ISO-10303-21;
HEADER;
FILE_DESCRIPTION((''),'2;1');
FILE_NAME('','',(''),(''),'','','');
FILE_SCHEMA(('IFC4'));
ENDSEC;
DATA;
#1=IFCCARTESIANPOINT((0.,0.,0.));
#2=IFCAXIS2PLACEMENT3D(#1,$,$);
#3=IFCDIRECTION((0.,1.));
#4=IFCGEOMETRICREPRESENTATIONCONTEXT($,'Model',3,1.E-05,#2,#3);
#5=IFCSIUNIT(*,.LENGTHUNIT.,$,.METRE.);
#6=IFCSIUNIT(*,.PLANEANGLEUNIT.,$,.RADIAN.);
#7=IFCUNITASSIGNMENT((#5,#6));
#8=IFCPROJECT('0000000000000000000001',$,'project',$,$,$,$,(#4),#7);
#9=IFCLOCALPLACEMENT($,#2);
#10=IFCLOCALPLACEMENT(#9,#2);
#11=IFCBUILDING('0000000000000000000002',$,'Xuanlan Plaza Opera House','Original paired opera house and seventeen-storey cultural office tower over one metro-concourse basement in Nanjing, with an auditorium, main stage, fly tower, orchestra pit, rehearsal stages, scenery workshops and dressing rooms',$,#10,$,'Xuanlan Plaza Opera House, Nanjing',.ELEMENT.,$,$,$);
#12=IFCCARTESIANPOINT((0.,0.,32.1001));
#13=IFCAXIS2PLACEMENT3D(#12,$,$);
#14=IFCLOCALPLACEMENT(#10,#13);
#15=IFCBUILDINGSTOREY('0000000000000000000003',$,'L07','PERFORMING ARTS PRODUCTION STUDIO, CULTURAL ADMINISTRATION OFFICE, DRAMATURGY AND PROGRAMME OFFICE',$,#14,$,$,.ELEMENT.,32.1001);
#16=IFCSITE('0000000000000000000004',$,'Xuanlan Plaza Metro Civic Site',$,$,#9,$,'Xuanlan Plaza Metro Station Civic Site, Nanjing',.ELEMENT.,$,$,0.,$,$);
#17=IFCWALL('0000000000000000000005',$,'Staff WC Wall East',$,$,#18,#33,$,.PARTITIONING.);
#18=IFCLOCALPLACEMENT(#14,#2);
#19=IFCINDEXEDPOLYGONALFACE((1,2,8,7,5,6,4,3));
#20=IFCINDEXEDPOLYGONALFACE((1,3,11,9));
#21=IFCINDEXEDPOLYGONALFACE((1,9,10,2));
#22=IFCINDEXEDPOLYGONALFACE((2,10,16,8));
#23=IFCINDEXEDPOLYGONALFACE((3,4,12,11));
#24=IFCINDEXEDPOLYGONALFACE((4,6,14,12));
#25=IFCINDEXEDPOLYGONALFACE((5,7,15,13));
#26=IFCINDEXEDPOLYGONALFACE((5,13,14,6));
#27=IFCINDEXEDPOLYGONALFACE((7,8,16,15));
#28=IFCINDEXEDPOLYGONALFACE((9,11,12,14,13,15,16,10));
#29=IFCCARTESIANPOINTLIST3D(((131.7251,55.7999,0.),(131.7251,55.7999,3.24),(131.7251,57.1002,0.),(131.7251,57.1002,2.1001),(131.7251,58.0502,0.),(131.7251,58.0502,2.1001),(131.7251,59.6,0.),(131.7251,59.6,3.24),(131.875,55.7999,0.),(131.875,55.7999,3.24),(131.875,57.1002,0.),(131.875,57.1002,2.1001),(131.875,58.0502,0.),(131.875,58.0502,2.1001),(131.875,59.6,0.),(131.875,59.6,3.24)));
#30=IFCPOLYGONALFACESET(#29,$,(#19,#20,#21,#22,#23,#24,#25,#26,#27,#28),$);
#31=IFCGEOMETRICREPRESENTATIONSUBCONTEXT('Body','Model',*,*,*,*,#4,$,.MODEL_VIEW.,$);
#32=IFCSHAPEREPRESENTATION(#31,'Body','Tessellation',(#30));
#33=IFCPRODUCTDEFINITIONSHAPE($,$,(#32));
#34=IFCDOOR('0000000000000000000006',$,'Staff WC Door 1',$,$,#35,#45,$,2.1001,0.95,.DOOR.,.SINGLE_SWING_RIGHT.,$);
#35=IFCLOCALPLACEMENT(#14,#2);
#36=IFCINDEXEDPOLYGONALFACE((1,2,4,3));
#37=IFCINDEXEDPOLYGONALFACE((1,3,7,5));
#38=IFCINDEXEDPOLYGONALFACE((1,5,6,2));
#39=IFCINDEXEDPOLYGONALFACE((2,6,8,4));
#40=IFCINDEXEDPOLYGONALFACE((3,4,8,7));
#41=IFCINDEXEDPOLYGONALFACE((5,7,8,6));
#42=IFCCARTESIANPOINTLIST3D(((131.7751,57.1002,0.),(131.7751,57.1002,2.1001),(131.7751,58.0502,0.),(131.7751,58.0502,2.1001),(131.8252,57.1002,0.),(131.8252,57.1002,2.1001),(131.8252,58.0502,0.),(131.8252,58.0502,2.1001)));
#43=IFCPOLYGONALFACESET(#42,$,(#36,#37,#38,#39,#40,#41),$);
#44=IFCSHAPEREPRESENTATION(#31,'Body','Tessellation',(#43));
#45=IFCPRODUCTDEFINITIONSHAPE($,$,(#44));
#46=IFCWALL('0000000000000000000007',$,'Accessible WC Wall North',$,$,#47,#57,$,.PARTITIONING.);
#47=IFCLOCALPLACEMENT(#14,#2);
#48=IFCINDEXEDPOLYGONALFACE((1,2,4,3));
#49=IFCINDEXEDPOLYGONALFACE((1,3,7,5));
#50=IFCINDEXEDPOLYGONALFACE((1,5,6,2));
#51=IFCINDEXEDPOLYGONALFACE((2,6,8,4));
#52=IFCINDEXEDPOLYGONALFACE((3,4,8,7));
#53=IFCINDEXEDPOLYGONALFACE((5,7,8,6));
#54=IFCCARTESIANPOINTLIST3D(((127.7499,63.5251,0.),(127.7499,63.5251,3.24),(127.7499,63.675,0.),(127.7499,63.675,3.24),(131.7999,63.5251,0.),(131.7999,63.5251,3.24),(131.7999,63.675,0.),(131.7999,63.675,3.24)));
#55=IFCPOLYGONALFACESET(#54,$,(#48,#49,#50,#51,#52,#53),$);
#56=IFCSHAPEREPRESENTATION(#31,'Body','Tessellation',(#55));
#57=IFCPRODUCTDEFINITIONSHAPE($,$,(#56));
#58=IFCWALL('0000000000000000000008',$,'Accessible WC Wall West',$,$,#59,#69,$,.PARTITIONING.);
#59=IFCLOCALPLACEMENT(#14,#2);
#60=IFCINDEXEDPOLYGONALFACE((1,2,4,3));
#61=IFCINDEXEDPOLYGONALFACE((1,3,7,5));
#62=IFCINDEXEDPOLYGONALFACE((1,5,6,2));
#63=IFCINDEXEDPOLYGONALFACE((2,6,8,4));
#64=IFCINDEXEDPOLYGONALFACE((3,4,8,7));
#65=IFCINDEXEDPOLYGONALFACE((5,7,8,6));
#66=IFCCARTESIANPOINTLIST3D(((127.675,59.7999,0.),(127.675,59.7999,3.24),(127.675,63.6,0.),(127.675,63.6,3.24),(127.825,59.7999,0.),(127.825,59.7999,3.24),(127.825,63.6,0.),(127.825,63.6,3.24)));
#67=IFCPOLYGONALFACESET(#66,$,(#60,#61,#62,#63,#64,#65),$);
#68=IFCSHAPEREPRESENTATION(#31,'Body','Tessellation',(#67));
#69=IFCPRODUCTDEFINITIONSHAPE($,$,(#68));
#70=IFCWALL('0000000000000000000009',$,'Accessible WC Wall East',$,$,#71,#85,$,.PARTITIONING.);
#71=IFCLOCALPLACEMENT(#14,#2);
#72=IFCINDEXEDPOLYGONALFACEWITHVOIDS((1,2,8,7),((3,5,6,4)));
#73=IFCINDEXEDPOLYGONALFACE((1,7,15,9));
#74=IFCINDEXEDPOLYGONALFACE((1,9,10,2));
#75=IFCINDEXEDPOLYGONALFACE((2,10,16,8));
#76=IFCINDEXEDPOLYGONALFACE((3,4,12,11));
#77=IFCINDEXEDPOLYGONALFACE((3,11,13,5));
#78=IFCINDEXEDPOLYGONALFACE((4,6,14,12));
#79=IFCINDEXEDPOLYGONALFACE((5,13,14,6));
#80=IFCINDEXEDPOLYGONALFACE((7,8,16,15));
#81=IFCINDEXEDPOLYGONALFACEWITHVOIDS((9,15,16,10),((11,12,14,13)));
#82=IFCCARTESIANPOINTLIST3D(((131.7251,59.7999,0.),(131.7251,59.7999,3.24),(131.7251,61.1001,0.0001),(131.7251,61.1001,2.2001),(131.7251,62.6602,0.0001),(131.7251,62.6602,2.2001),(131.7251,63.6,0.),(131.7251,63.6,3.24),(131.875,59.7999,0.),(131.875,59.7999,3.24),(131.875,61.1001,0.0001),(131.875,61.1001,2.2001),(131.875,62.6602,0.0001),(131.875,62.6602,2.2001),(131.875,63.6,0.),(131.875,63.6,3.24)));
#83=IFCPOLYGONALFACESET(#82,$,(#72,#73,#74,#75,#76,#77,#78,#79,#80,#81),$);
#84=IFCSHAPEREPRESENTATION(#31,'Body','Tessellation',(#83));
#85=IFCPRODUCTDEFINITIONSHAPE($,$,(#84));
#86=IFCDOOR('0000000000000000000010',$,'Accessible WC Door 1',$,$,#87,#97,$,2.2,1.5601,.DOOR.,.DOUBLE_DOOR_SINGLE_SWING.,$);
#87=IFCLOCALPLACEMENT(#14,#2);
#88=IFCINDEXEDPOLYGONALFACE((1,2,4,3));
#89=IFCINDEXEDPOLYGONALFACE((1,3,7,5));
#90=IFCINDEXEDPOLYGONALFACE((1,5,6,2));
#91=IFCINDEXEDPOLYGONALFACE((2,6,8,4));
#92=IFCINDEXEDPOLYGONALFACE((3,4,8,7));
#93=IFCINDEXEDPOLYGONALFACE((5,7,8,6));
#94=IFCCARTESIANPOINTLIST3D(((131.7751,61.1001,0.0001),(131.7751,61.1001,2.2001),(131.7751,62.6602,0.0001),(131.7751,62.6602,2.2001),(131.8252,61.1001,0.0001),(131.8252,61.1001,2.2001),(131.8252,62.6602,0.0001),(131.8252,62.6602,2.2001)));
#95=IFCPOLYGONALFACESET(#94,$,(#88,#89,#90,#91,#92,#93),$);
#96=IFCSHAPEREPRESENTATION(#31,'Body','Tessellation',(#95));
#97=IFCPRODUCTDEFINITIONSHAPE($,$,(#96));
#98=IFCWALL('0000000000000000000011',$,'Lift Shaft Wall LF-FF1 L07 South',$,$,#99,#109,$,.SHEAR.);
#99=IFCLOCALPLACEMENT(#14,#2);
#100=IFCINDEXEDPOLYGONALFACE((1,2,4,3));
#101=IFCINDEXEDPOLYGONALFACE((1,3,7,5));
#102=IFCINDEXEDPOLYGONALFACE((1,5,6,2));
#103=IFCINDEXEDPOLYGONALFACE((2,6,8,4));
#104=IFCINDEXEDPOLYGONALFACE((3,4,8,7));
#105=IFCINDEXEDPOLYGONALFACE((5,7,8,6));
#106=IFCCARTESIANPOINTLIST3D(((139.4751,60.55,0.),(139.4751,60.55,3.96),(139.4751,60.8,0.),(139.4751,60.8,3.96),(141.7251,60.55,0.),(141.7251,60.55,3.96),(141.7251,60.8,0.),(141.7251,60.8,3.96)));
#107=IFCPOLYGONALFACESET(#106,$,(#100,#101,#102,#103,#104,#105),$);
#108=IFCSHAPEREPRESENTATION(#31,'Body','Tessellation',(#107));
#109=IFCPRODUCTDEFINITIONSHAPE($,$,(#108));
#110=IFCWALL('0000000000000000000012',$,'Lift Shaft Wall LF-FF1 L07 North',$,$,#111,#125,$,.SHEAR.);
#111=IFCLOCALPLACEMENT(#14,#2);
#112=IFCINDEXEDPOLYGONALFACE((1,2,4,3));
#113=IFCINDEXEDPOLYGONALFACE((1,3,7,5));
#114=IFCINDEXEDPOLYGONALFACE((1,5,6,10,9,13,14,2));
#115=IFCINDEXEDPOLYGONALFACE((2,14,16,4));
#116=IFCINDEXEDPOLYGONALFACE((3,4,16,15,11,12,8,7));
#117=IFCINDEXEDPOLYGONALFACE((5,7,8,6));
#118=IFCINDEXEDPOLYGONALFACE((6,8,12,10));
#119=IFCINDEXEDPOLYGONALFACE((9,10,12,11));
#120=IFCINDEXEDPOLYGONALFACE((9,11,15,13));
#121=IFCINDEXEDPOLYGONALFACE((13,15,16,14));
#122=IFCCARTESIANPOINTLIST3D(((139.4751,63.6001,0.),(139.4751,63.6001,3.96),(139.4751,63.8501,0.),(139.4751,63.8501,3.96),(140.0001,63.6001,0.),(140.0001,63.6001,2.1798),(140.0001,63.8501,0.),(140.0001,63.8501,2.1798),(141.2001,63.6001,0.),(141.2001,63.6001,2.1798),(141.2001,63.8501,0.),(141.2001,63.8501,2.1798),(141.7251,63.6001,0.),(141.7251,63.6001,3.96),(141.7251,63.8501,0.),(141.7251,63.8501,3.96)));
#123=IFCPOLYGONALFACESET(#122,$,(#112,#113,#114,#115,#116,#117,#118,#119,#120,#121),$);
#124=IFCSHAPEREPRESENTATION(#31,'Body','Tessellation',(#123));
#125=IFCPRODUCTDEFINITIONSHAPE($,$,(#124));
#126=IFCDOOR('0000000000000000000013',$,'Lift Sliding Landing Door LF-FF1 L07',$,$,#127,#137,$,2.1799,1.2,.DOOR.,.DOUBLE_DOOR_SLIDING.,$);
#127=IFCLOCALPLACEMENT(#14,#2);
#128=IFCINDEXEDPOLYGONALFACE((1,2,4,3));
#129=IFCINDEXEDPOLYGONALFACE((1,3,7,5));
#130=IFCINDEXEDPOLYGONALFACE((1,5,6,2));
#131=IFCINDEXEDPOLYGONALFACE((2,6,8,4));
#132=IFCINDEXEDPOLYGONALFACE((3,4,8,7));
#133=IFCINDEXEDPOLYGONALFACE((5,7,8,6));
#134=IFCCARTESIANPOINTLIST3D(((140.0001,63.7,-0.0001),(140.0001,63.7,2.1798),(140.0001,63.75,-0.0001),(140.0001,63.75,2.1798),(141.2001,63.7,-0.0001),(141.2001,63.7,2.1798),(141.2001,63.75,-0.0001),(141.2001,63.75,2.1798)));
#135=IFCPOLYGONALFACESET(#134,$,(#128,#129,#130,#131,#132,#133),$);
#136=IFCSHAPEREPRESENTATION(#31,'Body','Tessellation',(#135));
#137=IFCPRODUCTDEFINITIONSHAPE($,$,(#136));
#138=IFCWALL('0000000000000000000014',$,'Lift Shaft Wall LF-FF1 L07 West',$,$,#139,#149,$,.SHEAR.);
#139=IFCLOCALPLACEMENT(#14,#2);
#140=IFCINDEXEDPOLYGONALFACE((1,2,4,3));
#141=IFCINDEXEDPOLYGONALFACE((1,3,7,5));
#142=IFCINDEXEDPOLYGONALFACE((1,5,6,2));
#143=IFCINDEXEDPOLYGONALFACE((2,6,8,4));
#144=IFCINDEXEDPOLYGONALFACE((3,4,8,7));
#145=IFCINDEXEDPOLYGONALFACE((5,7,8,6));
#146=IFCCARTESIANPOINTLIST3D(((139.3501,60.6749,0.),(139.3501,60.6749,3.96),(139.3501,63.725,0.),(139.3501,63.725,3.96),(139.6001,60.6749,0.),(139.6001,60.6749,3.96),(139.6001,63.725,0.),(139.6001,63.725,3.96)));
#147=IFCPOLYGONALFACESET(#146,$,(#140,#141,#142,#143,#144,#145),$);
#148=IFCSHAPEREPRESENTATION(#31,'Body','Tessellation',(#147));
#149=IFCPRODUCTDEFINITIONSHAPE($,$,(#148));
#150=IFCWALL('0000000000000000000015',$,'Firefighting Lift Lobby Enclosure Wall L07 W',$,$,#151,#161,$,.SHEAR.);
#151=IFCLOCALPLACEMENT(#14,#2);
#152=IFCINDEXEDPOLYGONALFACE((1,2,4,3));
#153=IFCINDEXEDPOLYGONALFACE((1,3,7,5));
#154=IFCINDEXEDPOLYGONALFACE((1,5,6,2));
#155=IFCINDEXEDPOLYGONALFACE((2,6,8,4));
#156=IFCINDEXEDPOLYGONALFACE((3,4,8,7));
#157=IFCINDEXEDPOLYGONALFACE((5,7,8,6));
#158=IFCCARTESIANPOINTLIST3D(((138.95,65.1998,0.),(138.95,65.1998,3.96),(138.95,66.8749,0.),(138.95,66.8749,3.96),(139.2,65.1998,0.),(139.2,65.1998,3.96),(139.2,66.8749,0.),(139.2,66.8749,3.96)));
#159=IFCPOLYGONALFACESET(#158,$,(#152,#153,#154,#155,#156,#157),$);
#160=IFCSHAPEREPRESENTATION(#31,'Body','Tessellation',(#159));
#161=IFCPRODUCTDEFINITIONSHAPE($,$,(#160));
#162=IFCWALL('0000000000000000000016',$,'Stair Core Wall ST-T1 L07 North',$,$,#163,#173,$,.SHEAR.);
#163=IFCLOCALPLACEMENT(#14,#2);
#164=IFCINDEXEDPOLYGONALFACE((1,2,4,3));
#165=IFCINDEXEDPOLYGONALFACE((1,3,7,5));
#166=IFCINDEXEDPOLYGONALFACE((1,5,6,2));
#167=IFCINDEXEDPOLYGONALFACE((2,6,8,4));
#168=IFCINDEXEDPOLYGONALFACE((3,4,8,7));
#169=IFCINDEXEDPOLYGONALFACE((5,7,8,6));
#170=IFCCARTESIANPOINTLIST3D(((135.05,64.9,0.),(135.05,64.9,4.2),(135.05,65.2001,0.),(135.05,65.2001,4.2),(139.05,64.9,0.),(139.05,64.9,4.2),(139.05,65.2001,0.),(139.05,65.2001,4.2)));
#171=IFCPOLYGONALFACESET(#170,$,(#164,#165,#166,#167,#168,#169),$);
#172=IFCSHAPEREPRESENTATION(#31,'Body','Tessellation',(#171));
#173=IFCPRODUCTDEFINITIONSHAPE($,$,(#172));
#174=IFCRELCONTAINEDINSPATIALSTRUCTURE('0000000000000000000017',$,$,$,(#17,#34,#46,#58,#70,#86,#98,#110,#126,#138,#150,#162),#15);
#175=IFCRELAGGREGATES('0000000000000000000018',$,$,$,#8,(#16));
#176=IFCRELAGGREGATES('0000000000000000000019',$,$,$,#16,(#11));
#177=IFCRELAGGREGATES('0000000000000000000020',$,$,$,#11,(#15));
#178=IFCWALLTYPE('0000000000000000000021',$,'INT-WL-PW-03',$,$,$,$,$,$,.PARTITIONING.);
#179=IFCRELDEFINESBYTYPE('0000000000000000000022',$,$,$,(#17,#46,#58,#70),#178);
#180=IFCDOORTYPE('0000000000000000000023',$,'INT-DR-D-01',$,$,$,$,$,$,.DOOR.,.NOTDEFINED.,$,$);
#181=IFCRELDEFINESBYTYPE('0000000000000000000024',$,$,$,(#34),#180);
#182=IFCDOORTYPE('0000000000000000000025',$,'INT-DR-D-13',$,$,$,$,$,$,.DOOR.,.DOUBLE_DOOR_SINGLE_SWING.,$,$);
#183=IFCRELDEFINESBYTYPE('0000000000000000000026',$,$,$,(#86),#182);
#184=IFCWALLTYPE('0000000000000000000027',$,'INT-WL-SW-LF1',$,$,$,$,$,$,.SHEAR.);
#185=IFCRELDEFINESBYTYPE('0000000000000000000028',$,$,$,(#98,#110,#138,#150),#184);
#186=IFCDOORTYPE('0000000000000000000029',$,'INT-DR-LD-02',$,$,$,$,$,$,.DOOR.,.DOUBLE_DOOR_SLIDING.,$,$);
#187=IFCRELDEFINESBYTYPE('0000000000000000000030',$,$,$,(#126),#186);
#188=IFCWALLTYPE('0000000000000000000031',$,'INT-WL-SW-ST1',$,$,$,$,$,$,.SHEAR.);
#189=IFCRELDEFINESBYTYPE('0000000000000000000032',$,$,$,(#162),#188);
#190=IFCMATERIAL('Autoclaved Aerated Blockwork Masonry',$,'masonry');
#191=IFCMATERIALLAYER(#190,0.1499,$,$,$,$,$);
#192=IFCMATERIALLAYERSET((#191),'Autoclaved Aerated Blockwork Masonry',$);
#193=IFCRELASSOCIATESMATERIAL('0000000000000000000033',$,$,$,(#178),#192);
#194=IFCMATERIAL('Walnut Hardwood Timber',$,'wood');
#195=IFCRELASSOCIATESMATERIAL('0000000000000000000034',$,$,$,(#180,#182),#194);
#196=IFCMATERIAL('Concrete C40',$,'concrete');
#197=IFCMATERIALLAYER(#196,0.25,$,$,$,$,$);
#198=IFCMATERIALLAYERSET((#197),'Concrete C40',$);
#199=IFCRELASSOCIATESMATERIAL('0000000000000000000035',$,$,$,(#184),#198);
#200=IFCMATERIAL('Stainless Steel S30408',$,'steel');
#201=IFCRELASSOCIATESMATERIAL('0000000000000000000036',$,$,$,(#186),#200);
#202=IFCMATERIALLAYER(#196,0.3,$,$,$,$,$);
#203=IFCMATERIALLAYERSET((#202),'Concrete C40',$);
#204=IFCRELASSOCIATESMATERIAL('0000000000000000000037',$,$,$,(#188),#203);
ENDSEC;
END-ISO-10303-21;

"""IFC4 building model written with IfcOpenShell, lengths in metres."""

from ifc_helpers import new_model, si_unit, direction, frame, frame_2d, origin, place, context, subcontext, project, spatial, rectangle, extrude, material, layer, layer_set, type_object, element, fill, save


model = new_model("IFC4")

# Units and contexts
model_context = context("Model", 3, precision=1e-05, world=origin(), true_north=direction((0.0, 1.0)))
body_context = subcontext(model_context, "Body", "Model", "MODEL_VIEW")
ifc_project = project(units=[si_unit("LENGTHUNIT", "METRE"), si_unit("PLANEANGLEUNIT", "RADIAN")], contexts=[model_context])

# Site, building, storey
site_placement = place(None, origin())
site = spatial("IfcSite", under=ifc_project, at=site_placement, Name="Xuanlan Plaza Metro Civic Site", LongName="Xuanlan Plaza Metro Station Civic Site, Nanjing", CompositionType="ELEMENT", RefElevation=0.0)
building_placement = place(site_placement, origin())
building = spatial("IfcBuilding", under=site, at=building_placement, Name="Xuanlan Plaza Opera House", Description="Original paired opera house and seventeen-storey cultural office tower over one metro-concourse basement in Nanjing, with an auditorium, main stage, fly tower, orchestra pit, rehearsal stages, scenery workshops and dressing rooms", LongName="Xuanlan Plaza Opera House, Nanjing", CompositionType="ELEMENT")
storey_placement = place(building_placement, frame((0.0, 0.0, 32.1001)))
storey = spatial("IfcBuildingStorey", under=building, at=storey_placement, Name="L07", Description="PERFORMING ARTS PRODUCTION STUDIO, CULTURAL ADMINISTRATION OFFICE, DRAMATURGY AND PROGRAMME OFFICE", CompositionType="ELEMENT", Elevation=32.1001)

# Shared definitions
ifc_material_1 = material(Name="Concrete C40", Category="concrete")

# Shared definitions
ifc_material_2 = material(Name="Autoclaved Aerated Blockwork Masonry", Category="masonry")
ifc_layer_1 = layer(ifc_material_2, 0.1499)
ifc_layer_set_1 = layer_set([ifc_layer_1], Name="Autoclaved Aerated Blockwork Masonry")
wall_type_1 = type_object("IfcWallType", Name="INT-WL-PW-03", PredefinedType="PARTITIONING", material=ifc_layer_set_1)

# Wall, opening, door
wall_1_placement = place(storey_placement, frame((131.8, 55.8, 0.0), z_axis=(0.0, 0.0, 1.0), x_axis=(0.0, 1.0, 0.0)))
wall_1 = element("IfcWall", 1, at=wall_1_placement, inside=storey, type_object=wall_type_1, Name="Staff WC Wall East", PredefinedType="PARTITIONING", context=body_context, shape_type="SweptSolid", body=[
    extrude(rectangle(XDim=3.8, YDim=0.1499, at=frame_2d((1.8999, 0.0))), origin(), (0.0, 0.0, 1.0), 3.24),
])
opening_1_placement = place(wall_1_placement, frame((1.3, 0.0, 0.0)))
opening_1 = element("IfcOpeningElement", 2, at=opening_1_placement, cuts=wall_1, PredefinedType="OPENING", context=body_context, shape_type="SweptSolid", body=[
    extrude(rectangle(XDim=0.95, YDim=2.1001, at=frame_2d((0.4751, 1.05))), frame((0.0, 0.085, 0.0), z_axis=(0.0, -1.0, 0.0), x_axis=(1.0, 0.0, 0.0)), (0.0, 0.0, 1.0), 0.1699),
])
ifc_material_3 = material(Name="Walnut Hardwood Timber", Category="wood")
door_type_1 = type_object("IfcDoorType", Name="INT-DR-D-01", OperationType="NOTDEFINED", PredefinedType="DOOR", material=ifc_material_3)
door_1_placement = place(opening_1_placement, origin())
door_1 = element("IfcDoor", 3, at=door_1_placement, inside=storey, type_object=door_type_1, Name="Staff WC Door 1", OperationType="SINGLE_SWING_RIGHT", OverallHeight=2.1001, OverallWidth=0.95, PredefinedType="DOOR", context=body_context, shape_type="SweptSolid", body=[
    extrude(rectangle(XDim=0.95, YDim=2.1001, at=frame_2d((0.4751, 1.05))), frame((0.0, 0.0249, 0.0), z_axis=(0.0, -1.0, 0.0), x_axis=(1.0, 0.0, 0.0)), (0.0, 0.0, 1.0), 0.05),
])
fill(opening_1, door_1)

# Walls
wall_2_placement = place(storey_placement, frame((127.75, 63.6001, 0.0), z_axis=(0.0, 0.0, 1.0), x_axis=(1.0, 0.0, 0.0)))
element("IfcWall", 4, at=wall_2_placement, inside=storey, type_object=wall_type_1, Name="Accessible WC Wall North", PredefinedType="PARTITIONING", context=body_context, shape_type="SweptSolid", body=[
    extrude(rectangle(XDim=4.05, YDim=0.1499, at=frame_2d((2.0249, 0.0))), origin(), (0.0, 0.0, 1.0), 3.24),
])
wall_3_placement = place(storey_placement, frame((127.75, 59.8, 0.0), z_axis=(0.0, 0.0, 1.0), x_axis=(0.0, 1.0, 0.0)))
element("IfcWall", 5, at=wall_3_placement, inside=storey, type_object=wall_type_1, Name="Accessible WC Wall West", PredefinedType="PARTITIONING", context=body_context, shape_type="SweptSolid", body=[
    extrude(rectangle(XDim=3.8, YDim=0.1499, at=frame_2d((1.8999, 0.0))), origin(), (0.0, 0.0, 1.0), 3.24),
])

# Wall, opening, door
wall_4_placement = place(storey_placement, frame((131.8, 59.8, 0.0), z_axis=(0.0, 0.0, 1.0), x_axis=(0.0, 1.0, 0.0)))
wall_4 = element("IfcWall", 6, at=wall_4_placement, inside=storey, type_object=wall_type_1, Name="Accessible WC Wall East", PredefinedType="PARTITIONING", context=body_context, shape_type="SweptSolid", body=[
    extrude(rectangle(XDim=3.8, YDim=0.1499, at=frame_2d((1.8999, 0.0))), origin(), (0.0, 0.0, 1.0), 3.24),
])
opening_2_placement = place(wall_4_placement, frame((1.3, 0.0, 0.0)))
opening_2 = element("IfcOpeningElement", 7, at=opening_2_placement, cuts=wall_4, PredefinedType="OPENING", context=body_context, shape_type="SweptSolid", body=[
    extrude(rectangle(XDim=1.5601, YDim=2.2, at=frame_2d((0.78, 1.1001))), frame((0.0, 0.085, 0.0), z_axis=(0.0, -1.0, 0.0), x_axis=(1.0, 0.0, 0.0)), (0.0, 0.0, 1.0), 0.1699),
])
door_type_2 = type_object("IfcDoorType", Name="INT-DR-D-13", OperationType="DOUBLE_DOOR_SINGLE_SWING", PredefinedType="DOOR", material=ifc_material_3)
door_2_placement = place(opening_2_placement, origin())
door_2 = element("IfcDoor", 8, at=door_2_placement, inside=storey, type_object=door_type_2, Name="Accessible WC Door 1", OperationType="DOUBLE_DOOR_SINGLE_SWING", OverallHeight=2.2, OverallWidth=1.5601, PredefinedType="DOOR", context=body_context, shape_type="SweptSolid", body=[
    extrude(rectangle(XDim=1.5601, YDim=2.2, at=frame_2d((0.78, 1.1001))), frame((0.0, 0.0249, 0.0), z_axis=(0.0, -1.0, 0.0), x_axis=(1.0, 0.0, 0.0)), (0.0, 0.0, 1.0), 0.05),
])
fill(opening_2, door_2)

# Wall
ifc_layer_2 = layer(ifc_material_1, 0.25)
ifc_layer_set_2 = layer_set([ifc_layer_2], Name="Concrete C40")
wall_type_2 = type_object("IfcWallType", Name="INT-WL-SW-LF1", PredefinedType="SHEAR", material=ifc_layer_set_2)
wall_5_placement = place(storey_placement, frame((139.4751, 60.675, 0.0), z_axis=(0.0, 0.0, 1.0), x_axis=(1.0, 0.0, 0.0)))
element("IfcWall", 9, at=wall_5_placement, inside=storey, type_object=wall_type_2, Name="Lift Shaft Wall LF-FF1 L07 South", PredefinedType="SHEAR", context=body_context, shape_type="SweptSolid", body=[
    extrude(rectangle(XDim=2.25, YDim=0.25, at=frame_2d((1.125, 0.0))), origin(), (0.0, 0.0, 1.0), 3.96),
])

# Wall, opening, door
wall_6_placement = place(storey_placement, frame((139.4751, 63.7251, 0.0), z_axis=(0.0, 0.0, 1.0), x_axis=(1.0, 0.0, 0.0)))
wall_6 = element("IfcWall", 10, at=wall_6_placement, inside=storey, type_object=wall_type_2, Name="Lift Shaft Wall LF-FF1 L07 North", PredefinedType="SHEAR", context=body_context, shape_type="SweptSolid", body=[
    extrude(rectangle(XDim=2.25, YDim=0.25, at=frame_2d((1.125, 0.0))), origin(), (0.0, 0.0, 1.0), 3.96),
])
opening_3_placement = place(wall_6_placement, frame((0.5249, 0.0, 0.0)))
opening_3 = element("IfcOpeningElement", 11, at=opening_3_placement, cuts=wall_6, PredefinedType="OPENING", context=body_context, shape_type="SweptSolid", body=[
    extrude(rectangle(XDim=1.2, YDim=2.1799, at=frame_2d((0.6001, 1.0898))), frame((0.0, 0.135, 0.0), z_axis=(0.0, -1.0, 0.0), x_axis=(1.0, 0.0, 0.0)), (0.0, 0.0, 1.0), 0.27),
])
ifc_material_4 = material(Name="Stainless Steel S30408", Category="steel")
door_type_3 = type_object("IfcDoorType", Name="INT-DR-LD-02", OperationType="DOUBLE_DOOR_SLIDING", PredefinedType="DOOR", material=ifc_material_4)
door_3_placement = place(opening_3_placement, origin())
door_3 = element("IfcDoor", 12, at=door_3_placement, inside=storey, type_object=door_type_3, Name="Lift Sliding Landing Door LF-FF1 L07", OperationType="DOUBLE_DOOR_SLIDING", OverallHeight=2.1799, OverallWidth=1.2, PredefinedType="DOOR", context=body_context, shape_type="SweptSolid", body=[
    extrude(rectangle(XDim=1.2, YDim=2.1799, at=frame_2d((0.6001, 1.0898))), frame((0.0, 0.0249, 0.0), z_axis=(0.0, -1.0, 0.0), x_axis=(1.0, 0.0, 0.0)), (0.0, 0.0, 1.0), 0.05),
])
fill(opening_3, door_3)

# Walls
wall_7_placement = place(storey_placement, frame((139.4751, 60.675, 0.0), z_axis=(0.0, 0.0, 1.0), x_axis=(0.0, 1.0, 0.0)))
element("IfcWall", 13, at=wall_7_placement, inside=storey, type_object=wall_type_2, Name="Lift Shaft Wall LF-FF1 L07 West", PredefinedType="SHEAR", context=body_context, shape_type="SweptSolid", body=[
    extrude(rectangle(XDim=3.05, YDim=0.25, at=frame_2d((1.5249, 0.0))), origin(), (0.0, 0.0, 1.0), 3.96),
])
wall_8_placement = place(storey_placement, frame((139.075, 65.2, 0.0), z_axis=(0.0, 0.0, 1.0), x_axis=(0.0, 1.0, 0.0)))
element("IfcWall", 14, at=wall_8_placement, inside=storey, type_object=wall_type_2, Name="Firefighting Lift Lobby Enclosure Wall L07 W", PredefinedType="SHEAR", context=body_context, shape_type="SweptSolid", body=[
    extrude(rectangle(XDim=1.675, YDim=0.25, at=frame_2d((0.8374, 0.0))), origin(), (0.0, 0.0, 1.0), 3.96),
])
ifc_layer_3 = layer(ifc_material_1, 0.3)
ifc_layer_set_3 = layer_set([ifc_layer_3], Name="Concrete C40")
wall_type_3 = type_object("IfcWallType", Name="INT-WL-SW-ST1", PredefinedType="SHEAR", material=ifc_layer_set_3)
wall_9_placement = place(storey_placement, frame((135.05, 65.05, 0.0), z_axis=(0.0, 0.0, 1.0), x_axis=(1.0, 0.0, 0.0)))
element("IfcWall", 15, at=wall_9_placement, inside=storey, type_object=wall_type_3, Name="Stair Core Wall ST-T1 L07 North", PredefinedType="SHEAR", context=body_context, shape_type="SweptSolid", body=[
    extrude(rectangle(XDim=4.0, YDim=0.3, at=frame_2d((2.0, 0.0))), origin(), (0.0, 0.0, 1.0), 4.2),
])

save(model, "model.ifc")
